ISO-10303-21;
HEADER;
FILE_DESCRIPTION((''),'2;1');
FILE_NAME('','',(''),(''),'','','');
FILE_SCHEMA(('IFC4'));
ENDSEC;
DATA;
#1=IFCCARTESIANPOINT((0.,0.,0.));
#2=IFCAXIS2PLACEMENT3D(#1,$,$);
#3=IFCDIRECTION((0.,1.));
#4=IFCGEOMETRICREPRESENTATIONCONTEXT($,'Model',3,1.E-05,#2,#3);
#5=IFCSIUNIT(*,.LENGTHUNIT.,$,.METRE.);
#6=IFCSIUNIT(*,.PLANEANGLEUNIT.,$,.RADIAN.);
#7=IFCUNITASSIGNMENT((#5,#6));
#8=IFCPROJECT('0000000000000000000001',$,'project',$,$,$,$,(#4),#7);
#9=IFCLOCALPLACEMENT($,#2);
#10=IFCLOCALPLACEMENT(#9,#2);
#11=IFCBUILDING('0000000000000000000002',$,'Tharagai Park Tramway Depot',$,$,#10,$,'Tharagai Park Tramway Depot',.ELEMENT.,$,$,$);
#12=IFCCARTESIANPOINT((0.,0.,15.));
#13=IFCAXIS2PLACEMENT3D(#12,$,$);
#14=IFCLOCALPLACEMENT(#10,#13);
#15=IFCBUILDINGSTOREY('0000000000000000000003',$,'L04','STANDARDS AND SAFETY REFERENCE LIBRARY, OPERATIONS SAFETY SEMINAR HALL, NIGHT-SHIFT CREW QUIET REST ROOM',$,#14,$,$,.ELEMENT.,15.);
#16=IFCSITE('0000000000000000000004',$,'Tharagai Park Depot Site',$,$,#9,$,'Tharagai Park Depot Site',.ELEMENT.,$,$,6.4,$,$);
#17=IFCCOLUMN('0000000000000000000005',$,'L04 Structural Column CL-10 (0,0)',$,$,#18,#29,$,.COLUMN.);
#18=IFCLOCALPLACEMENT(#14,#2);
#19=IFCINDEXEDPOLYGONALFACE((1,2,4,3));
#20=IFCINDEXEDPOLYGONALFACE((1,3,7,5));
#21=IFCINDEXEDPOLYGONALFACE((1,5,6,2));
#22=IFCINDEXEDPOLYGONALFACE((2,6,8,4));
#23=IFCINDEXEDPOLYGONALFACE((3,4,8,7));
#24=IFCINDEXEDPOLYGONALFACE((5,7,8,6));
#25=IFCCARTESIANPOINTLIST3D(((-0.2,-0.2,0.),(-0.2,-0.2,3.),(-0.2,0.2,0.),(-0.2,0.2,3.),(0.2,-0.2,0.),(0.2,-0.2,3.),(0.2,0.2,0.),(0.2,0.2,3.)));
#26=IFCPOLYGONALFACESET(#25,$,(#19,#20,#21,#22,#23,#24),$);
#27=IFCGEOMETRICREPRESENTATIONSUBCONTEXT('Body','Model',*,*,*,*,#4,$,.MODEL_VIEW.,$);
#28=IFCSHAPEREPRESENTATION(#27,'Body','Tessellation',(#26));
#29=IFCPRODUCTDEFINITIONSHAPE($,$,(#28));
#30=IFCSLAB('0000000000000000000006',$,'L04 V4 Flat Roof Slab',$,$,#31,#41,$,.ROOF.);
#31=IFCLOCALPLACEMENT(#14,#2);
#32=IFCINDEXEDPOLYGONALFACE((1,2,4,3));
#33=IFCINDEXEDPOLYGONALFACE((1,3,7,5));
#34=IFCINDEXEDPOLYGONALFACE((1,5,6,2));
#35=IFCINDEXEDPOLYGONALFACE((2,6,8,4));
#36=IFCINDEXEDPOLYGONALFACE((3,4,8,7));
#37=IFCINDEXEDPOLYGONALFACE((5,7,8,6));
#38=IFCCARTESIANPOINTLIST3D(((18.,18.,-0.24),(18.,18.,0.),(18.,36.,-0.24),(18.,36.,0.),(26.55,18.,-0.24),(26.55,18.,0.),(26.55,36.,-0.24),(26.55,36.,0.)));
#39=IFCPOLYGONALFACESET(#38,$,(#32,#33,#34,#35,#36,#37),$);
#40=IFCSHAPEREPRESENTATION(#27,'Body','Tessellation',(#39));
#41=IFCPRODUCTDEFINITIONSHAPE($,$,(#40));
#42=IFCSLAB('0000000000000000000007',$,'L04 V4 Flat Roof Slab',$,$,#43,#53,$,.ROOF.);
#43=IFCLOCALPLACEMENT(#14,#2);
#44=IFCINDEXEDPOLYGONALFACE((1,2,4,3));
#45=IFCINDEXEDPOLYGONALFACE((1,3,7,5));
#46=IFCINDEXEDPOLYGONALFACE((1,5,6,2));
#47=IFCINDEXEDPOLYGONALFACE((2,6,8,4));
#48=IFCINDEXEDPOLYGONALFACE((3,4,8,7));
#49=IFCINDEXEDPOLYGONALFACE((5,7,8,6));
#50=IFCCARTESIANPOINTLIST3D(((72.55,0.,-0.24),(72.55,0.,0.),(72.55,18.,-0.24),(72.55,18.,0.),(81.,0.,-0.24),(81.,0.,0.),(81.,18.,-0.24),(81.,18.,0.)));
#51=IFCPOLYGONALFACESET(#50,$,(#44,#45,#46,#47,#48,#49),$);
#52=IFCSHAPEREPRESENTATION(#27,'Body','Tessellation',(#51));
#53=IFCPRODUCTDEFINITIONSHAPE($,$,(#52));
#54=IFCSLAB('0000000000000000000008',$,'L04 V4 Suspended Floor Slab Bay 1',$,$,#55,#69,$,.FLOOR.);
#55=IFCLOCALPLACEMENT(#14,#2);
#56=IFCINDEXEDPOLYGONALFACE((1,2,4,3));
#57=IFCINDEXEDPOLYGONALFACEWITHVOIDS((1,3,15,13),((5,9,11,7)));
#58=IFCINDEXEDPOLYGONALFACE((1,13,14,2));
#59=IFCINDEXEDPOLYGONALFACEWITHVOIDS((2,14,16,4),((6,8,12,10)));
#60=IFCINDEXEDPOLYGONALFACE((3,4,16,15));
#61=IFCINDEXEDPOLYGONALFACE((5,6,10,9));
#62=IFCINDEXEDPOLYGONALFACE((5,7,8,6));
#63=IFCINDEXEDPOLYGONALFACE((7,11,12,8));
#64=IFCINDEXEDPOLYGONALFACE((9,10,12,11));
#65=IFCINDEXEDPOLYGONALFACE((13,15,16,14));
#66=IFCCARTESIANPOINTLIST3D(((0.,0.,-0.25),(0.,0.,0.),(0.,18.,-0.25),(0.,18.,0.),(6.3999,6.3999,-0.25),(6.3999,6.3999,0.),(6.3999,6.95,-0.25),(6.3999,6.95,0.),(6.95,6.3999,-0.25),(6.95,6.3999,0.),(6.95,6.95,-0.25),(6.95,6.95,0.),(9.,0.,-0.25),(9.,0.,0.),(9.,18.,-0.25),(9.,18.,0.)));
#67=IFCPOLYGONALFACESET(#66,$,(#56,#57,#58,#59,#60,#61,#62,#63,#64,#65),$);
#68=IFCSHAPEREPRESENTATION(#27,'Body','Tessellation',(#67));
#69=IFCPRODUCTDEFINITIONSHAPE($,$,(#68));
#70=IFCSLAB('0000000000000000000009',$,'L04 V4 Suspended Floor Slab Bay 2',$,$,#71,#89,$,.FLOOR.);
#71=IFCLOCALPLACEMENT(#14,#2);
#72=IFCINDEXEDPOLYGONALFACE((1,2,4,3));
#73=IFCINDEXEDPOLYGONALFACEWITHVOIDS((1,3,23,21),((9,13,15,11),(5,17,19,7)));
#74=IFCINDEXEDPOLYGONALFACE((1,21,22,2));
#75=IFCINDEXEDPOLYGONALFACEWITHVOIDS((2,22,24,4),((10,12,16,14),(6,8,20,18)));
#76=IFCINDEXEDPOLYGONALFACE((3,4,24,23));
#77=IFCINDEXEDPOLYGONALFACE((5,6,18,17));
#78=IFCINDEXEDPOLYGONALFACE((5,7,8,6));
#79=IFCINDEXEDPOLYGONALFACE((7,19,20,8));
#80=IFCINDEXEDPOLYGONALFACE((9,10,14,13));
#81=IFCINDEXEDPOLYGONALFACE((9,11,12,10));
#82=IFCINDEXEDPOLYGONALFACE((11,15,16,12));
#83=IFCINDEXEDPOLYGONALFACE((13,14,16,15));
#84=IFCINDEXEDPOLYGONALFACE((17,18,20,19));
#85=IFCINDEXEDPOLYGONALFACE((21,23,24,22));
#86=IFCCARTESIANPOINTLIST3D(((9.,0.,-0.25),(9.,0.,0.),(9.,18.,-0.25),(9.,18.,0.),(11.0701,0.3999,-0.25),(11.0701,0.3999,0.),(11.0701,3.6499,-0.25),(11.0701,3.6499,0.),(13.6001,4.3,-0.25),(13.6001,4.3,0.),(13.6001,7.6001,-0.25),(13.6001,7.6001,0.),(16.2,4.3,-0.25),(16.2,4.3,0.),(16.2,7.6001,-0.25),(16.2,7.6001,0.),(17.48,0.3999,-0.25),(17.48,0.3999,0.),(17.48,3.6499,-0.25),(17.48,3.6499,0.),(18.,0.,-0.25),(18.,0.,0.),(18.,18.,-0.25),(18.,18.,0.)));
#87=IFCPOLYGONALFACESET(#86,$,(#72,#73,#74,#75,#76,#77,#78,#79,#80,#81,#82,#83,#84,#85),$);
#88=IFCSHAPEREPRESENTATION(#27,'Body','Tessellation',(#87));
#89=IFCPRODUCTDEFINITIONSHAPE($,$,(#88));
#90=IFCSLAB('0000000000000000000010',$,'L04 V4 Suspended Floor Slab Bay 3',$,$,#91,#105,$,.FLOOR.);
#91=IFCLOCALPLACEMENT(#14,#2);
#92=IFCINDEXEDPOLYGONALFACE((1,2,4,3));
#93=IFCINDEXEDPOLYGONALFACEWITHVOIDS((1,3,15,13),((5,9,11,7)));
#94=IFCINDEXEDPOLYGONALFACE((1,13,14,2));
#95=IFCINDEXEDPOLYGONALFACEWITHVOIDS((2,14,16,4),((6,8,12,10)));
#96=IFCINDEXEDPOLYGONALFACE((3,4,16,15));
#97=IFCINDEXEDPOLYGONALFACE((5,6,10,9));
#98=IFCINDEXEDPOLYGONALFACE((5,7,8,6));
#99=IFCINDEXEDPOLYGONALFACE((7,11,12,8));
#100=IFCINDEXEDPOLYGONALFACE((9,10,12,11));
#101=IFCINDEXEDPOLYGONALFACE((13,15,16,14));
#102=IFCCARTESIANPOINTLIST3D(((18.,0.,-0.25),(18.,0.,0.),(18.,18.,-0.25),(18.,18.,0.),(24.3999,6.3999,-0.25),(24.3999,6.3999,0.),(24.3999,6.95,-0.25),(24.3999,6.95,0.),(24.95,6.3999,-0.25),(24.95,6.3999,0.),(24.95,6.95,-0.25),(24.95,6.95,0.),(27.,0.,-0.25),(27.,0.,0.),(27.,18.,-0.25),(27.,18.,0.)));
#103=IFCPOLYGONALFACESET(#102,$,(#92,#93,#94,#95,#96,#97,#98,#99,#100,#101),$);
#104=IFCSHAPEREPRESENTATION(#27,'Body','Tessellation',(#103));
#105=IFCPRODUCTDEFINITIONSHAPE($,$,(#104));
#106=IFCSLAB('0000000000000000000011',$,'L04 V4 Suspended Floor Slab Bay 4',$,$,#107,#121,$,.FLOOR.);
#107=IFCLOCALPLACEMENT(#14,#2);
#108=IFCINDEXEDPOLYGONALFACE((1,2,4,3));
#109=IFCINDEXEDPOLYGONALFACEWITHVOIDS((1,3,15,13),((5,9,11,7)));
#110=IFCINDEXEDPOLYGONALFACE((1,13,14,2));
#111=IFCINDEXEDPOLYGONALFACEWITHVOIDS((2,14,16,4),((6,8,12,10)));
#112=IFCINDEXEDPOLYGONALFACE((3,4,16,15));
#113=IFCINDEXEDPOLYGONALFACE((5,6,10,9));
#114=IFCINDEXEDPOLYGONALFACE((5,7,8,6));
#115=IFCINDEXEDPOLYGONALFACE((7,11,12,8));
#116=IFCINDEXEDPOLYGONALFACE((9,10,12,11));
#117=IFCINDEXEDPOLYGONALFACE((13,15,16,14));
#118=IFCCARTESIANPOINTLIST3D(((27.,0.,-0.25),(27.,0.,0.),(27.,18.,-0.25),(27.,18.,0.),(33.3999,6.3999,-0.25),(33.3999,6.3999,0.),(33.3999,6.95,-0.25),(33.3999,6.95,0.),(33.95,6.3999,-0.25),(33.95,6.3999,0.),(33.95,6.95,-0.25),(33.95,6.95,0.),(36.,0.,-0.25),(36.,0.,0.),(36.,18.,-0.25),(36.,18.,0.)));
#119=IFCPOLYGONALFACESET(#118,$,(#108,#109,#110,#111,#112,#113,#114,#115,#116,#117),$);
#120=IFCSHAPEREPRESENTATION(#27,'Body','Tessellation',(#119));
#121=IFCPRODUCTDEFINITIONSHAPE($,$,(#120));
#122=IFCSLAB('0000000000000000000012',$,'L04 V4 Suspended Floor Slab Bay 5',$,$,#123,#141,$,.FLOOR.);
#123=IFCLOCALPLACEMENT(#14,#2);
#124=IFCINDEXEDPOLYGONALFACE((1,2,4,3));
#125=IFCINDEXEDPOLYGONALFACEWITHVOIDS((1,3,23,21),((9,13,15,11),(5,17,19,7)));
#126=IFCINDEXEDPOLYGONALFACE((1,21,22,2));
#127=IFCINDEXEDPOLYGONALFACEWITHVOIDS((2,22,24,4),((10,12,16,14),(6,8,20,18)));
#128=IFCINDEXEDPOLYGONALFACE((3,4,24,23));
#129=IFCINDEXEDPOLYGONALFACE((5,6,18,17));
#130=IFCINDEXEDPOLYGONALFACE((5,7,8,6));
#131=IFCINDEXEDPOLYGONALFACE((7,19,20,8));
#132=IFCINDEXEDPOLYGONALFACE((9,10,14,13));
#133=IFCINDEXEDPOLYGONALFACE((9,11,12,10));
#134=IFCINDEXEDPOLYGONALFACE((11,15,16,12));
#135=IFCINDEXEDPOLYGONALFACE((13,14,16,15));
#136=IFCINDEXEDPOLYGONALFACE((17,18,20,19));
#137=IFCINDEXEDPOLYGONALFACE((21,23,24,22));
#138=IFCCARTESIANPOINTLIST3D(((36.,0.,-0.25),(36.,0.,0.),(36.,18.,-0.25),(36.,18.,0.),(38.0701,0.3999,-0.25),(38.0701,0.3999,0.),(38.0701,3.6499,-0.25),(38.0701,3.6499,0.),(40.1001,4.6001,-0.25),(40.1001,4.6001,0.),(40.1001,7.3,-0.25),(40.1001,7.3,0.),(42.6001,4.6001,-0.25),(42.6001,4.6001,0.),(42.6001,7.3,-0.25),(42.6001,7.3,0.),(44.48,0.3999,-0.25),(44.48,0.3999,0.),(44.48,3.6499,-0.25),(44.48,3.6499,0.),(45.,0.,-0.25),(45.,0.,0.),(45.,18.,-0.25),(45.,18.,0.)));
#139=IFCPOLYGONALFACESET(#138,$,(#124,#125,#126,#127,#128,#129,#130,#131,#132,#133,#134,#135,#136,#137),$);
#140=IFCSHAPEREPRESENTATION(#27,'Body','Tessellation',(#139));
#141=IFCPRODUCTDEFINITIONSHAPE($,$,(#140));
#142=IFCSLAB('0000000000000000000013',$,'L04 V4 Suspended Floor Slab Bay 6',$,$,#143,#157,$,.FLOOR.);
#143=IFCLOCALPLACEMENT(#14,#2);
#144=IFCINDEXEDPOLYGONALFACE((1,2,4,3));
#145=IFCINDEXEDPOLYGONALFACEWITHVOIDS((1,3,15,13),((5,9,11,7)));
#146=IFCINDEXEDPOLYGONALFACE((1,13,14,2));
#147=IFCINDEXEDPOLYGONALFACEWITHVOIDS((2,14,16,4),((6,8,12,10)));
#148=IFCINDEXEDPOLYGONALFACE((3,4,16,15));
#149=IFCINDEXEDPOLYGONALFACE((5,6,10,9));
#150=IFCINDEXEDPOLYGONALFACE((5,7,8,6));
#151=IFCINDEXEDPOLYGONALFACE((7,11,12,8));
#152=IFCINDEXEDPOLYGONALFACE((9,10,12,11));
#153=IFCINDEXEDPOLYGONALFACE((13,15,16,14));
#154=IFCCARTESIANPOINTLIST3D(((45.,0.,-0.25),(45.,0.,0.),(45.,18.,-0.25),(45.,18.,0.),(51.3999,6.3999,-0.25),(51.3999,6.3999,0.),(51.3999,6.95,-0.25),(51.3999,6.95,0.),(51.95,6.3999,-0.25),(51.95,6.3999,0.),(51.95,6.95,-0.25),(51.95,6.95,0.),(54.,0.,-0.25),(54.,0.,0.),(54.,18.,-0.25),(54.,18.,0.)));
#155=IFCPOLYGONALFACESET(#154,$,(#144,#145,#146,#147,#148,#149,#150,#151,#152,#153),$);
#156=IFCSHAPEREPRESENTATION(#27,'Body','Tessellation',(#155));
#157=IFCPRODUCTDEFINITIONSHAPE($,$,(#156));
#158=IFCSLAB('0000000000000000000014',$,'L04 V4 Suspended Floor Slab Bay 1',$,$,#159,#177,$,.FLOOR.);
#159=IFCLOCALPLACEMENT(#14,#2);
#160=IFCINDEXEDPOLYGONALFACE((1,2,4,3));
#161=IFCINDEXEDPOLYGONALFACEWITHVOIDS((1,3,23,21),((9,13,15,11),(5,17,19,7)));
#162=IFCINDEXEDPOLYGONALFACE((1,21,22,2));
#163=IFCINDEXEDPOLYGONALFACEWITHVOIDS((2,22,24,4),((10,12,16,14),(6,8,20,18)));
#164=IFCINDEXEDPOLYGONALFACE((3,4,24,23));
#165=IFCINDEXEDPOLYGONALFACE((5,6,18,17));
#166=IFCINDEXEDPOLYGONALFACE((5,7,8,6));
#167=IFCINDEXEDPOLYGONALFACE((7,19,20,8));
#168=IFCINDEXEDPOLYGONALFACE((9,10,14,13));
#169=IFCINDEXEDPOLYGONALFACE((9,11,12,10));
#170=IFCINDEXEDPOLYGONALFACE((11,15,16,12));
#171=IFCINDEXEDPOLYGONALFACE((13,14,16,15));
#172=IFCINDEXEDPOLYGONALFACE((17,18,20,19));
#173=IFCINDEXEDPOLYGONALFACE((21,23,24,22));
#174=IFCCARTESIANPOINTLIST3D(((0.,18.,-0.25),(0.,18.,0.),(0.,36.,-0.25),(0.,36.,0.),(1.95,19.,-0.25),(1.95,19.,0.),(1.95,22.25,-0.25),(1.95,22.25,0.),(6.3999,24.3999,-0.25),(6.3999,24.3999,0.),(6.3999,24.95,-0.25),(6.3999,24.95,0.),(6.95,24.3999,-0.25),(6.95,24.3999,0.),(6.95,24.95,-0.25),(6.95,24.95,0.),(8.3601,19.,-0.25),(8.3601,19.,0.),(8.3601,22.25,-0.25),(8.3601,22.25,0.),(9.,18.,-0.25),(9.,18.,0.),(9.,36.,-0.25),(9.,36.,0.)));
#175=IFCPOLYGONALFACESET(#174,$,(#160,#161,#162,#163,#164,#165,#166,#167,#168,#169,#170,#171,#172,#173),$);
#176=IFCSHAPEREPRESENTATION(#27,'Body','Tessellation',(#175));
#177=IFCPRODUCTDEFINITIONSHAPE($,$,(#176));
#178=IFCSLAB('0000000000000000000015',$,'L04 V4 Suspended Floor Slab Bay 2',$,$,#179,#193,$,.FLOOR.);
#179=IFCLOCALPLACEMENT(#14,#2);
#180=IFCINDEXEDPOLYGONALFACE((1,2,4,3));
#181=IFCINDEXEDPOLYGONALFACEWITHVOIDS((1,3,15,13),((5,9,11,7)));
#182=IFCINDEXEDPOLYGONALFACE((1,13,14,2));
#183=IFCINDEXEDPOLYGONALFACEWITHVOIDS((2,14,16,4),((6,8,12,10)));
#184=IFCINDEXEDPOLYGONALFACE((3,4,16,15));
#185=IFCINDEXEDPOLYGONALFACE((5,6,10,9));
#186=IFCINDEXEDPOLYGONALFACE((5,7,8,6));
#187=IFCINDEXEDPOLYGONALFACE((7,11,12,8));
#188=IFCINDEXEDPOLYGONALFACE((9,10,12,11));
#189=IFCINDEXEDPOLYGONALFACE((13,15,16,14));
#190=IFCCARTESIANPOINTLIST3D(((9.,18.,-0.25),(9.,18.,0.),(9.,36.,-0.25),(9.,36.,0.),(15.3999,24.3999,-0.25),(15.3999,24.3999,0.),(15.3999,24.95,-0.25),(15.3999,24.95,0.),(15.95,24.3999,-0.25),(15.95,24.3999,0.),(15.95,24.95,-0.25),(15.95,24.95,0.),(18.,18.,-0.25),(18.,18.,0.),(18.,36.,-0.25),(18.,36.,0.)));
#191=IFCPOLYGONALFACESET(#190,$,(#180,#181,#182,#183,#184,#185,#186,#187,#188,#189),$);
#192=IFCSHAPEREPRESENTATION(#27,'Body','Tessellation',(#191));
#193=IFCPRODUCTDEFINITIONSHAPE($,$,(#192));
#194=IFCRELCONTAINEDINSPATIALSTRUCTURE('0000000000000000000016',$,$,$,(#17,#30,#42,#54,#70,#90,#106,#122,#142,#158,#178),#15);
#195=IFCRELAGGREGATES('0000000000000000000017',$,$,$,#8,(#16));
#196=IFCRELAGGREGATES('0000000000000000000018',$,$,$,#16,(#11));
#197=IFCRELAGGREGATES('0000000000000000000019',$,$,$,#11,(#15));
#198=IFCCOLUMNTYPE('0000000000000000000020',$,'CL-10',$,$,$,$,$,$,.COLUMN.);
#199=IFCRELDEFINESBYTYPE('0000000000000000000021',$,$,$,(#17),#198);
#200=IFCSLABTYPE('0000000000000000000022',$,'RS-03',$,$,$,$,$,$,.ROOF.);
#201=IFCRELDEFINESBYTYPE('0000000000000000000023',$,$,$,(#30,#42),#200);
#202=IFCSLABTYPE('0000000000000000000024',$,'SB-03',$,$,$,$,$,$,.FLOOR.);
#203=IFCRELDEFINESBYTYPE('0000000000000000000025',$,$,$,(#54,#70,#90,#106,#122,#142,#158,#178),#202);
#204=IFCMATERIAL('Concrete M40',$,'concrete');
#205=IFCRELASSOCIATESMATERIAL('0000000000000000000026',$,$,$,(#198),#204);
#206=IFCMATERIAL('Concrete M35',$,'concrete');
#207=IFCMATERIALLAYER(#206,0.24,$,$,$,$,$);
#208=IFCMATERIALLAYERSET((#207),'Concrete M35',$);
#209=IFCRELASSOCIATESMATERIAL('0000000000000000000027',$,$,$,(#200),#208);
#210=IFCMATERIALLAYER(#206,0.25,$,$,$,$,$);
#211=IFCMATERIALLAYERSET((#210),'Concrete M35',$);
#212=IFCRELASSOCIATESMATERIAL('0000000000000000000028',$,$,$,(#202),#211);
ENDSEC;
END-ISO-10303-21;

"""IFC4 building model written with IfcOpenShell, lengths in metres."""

from ifc_helpers import new_model, si_unit, direction, frame, origin, origin_with_axes, origin_2d, place, context, subcontext, project, spatial, polyline, rectangle, outline, extrude, material, layer, layer_set, material_profile, profile_set, type_object, element, save


model = new_model("IFC4")

# Units and contexts
model_context = context("Model", 3, precision=1e-05, world=origin(), true_north=direction((0.0, 1.0)))
body_context = subcontext(model_context, "Body", "Model", "MODEL_VIEW")
ifc_project = project(units=[si_unit("LENGTHUNIT", "METRE"), si_unit("PLANEANGLEUNIT", "RADIAN")], contexts=[model_context])

# Site, building, storey
site_placement = place(None, origin())
site = spatial("IfcSite", under=ifc_project, at=site_placement, Name="Tharagai Park Depot Site", LongName="Tharagai Park Depot Site", CompositionType="ELEMENT", RefElevation=6.4)
building_placement = place(site_placement, origin())
building = spatial("IfcBuilding", under=site, at=building_placement, Name="Tharagai Park Tramway Depot", LongName="Tharagai Park Tramway Depot", CompositionType="ELEMENT")
storey_placement = place(building_placement, frame((0.0, 0.0, 15.0)))
storey = spatial("IfcBuildingStorey", under=building, at=storey_placement, Name="L04", Description="STANDARDS AND SAFETY REFERENCE LIBRARY, OPERATIONS SAFETY SEMINAR HALL, NIGHT-SHIFT CREW QUIET REST ROOM", CompositionType="ELEMENT", Elevation=15.0)

# Column
ifc_material_1 = material(Name="Concrete M40", Category="concrete")
ifc_material_profile = material_profile(ifc_material_1, rectangle(XDim=0.3999, YDim=0.3999, at=origin_2d()), Name="RC 400x400")
ifc_profile_set = profile_set([ifc_material_profile], Name="Concrete M40")
column_type = type_object("IfcColumnType", Name="CL-10", PredefinedType="COLUMN", material=ifc_profile_set)
column_placement = place(storey_placement, origin_with_axes())
element("IfcColumn", 1, at=column_placement, inside=storey, type_object=column_type, Name="L04 Structural Column CL-10 (0,0)", PredefinedType="COLUMN", context=body_context, shape_type="SweptSolid", body=[
    extrude(rectangle(XDim=0.3999, YDim=0.3999, at=origin_2d()), origin(), (0.0, 0.0, 1.0), 3.0),
])

# Slabs
ifc_material_2 = material(Name="Concrete M35", Category="concrete")
ifc_layer_1 = layer(ifc_material_2, 0.24)
ifc_layer_set_1 = layer_set([ifc_layer_1], Name="Concrete M35")
slab_type_1 = type_object("IfcSlabType", Name="RS-03", PredefinedType="ROOF", material=ifc_layer_set_1)
slab_1_placement = place(storey_placement, frame((0.0, 0.0, -0.24)))
element("IfcSlab", 2, at=slab_1_placement, inside=storey, type_object=slab_type_1, Name="L04 V4 Flat Roof Slab", PredefinedType="ROOF", context=body_context, shape_type="SweptSolid", body=[
    extrude(outline(polyline([(18.0, 18.0), (26.55, 18.0), (26.55, 36.0), (18.0, 36.0), (18.0, 18.0)])), origin(), (0.0, 0.0, 1.0), 0.24),
])
slab_2_placement = place(storey_placement, frame((0.0, 0.0, -0.24)))
element("IfcSlab", 3, at=slab_2_placement, inside=storey, type_object=slab_type_1, Name="L04 V4 Flat Roof Slab", PredefinedType="ROOF", context=body_context, shape_type="SweptSolid", body=[
    extrude(outline(polyline([(72.55, 0.0), (81.0, 0.0), (81.0, 18.0), (72.55, 18.0), (72.55, 0.0)])), origin(), (0.0, 0.0, 1.0), 0.24),
])
ifc_layer_2 = layer(ifc_material_2, 0.25)
ifc_layer_set_2 = layer_set([ifc_layer_2], Name="Concrete M35")
slab_type_2 = type_object("IfcSlabType", Name="SB-03", PredefinedType="FLOOR", material=ifc_layer_set_2)
slab_3_placement = place(storey_placement, frame((0.0, 0.0, -0.25)))
element("IfcSlab", 4, at=slab_3_placement, inside=storey, type_object=slab_type_2, Name="L04 V4 Suspended Floor Slab Bay 1", PredefinedType="FLOOR", context=body_context, shape_type="SweptSolid", body=[
    extrude(outline(polyline([(0.0, 0.0), (9.0, 0.0), (9.0, 18.0), (0.0, 18.0), (0.0, 0.0)]), holes=[polyline([(6.3999, 6.3999), (6.95, 6.3999), (6.95, 6.95), (6.3999, 6.95), (6.3999, 6.3999)])]), origin(), (0.0, 0.0, 1.0), 0.25),
])
slab_4_placement = place(storey_placement, frame((0.0, 0.0, -0.25)))
element("IfcSlab", 5, at=slab_4_placement, inside=storey, type_object=slab_type_2, Name="L04 V4 Suspended Floor Slab Bay 2", PredefinedType="FLOOR", context=body_context, shape_type="SweptSolid", body=[
    extrude(outline(polyline([(9.0, 0.0), (18.0, 0.0), (18.0, 18.0), (9.0, 18.0), (9.0, 0.0)]), holes=[polyline([(11.0701, 0.3999), (17.48, 0.3999), (17.48, 3.6499), (11.0701, 3.6499), (11.0701, 0.3999)]), polyline([(13.6001, 4.3), (16.2, 4.3), (16.2, 7.6001), (13.6001, 7.6001), (13.6001, 4.3)])]), origin(), (0.0, 0.0, 1.0), 0.25),
])
slab_5_placement = place(storey_placement, frame((0.0, 0.0, -0.25)))
element("IfcSlab", 6, at=slab_5_placement, inside=storey, type_object=slab_type_2, Name="L04 V4 Suspended Floor Slab Bay 3", PredefinedType="FLOOR", context=body_context, shape_type="SweptSolid", body=[
    extrude(outline(polyline([(18.0, 0.0), (27.0, 0.0), (27.0, 18.0), (18.0, 18.0), (18.0, 0.0)]), holes=[polyline([(24.3999, 6.3999), (24.95, 6.3999), (24.95, 6.95), (24.3999, 6.95), (24.3999, 6.3999)])]), origin(), (0.0, 0.0, 1.0), 0.25),
])
slab_6_placement = place(storey_placement, frame((0.0, 0.0, -0.25)))
element("IfcSlab", 7, at=slab_6_placement, inside=storey, type_object=slab_type_2, Name="L04 V4 Suspended Floor Slab Bay 4", PredefinedType="FLOOR", context=body_context, shape_type="SweptSolid", body=[
    extrude(outline(polyline([(27.0, 0.0), (36.0, 0.0), (36.0, 18.0), (27.0, 18.0), (27.0, 0.0)]), holes=[polyline([(33.3999, 6.3999), (33.95, 6.3999), (33.95, 6.95), (33.3999, 6.95), (33.3999, 6.3999)])]), origin(), (0.0, 0.0, 1.0), 0.25),
])
slab_7_placement = place(storey_placement, frame((0.0, 0.0, -0.25)))
element("IfcSlab", 8, at=slab_7_placement, inside=storey, type_object=slab_type_2, Name="L04 V4 Suspended Floor Slab Bay 5", PredefinedType="FLOOR", context=body_context, shape_type="SweptSolid", body=[
    extrude(outline(polyline([(36.0, 0.0), (45.0, 0.0), (45.0, 18.0), (36.0, 18.0), (36.0, 0.0)]), holes=[polyline([(38.0701, 0.3999), (44.48, 0.3999), (44.48, 3.6499), (38.0701, 3.6499), (38.0701, 0.3999)]), polyline([(40.1001, 4.6001), (42.6001, 4.6001), (42.6001, 7.3), (40.1001, 7.3), (40.1001, 4.6001)])]), origin(), (0.0, 0.0, 1.0), 0.25),
])
slab_8_placement = place(storey_placement, frame((0.0, 0.0, -0.25)))
element("IfcSlab", 9, at=slab_8_placement, inside=storey, type_object=slab_type_2, Name="L04 V4 Suspended Floor Slab Bay 6", PredefinedType="FLOOR", context=body_context, shape_type="SweptSolid", body=[
    extrude(outline(polyline([(45.0, 0.0), (54.0, 0.0), (54.0, 18.0), (45.0, 18.0), (45.0, 0.0)]), holes=[polyline([(51.3999, 6.3999), (51.95, 6.3999), (51.95, 6.95), (51.3999, 6.95), (51.3999, 6.3999)])]), origin(), (0.0, 0.0, 1.0), 0.25),
])
slab_9_placement = place(storey_placement, frame((0.0, 0.0, -0.25)))
element("IfcSlab", 10, at=slab_9_placement, inside=storey, type_object=slab_type_2, Name="L04 V4 Suspended Floor Slab Bay 1", PredefinedType="FLOOR", context=body_context, shape_type="SweptSolid", body=[
    extrude(outline(polyline([(0.0, 18.0), (9.0, 18.0), (9.0, 36.0), (0.0, 36.0), (0.0, 18.0)]), holes=[polyline([(1.95, 19.0), (8.3601, 19.0), (8.3601, 22.25), (1.95, 22.25), (1.95, 19.0)]), polyline([(6.3999, 24.3999), (6.95, 24.3999), (6.95, 24.95), (6.3999, 24.95), (6.3999, 24.3999)])]), origin(), (0.0, 0.0, 1.0), 0.25),
])
slab_10_placement = place(storey_placement, frame((0.0, 0.0, -0.25)))
element("IfcSlab", 11, at=slab_10_placement, inside=storey, type_object=slab_type_2, Name="L04 V4 Suspended Floor Slab Bay 2", PredefinedType="FLOOR", context=body_context, shape_type="SweptSolid", body=[
    extrude(outline(polyline([(9.0, 18.0), (18.0, 18.0), (18.0, 36.0), (9.0, 36.0), (9.0, 18.0)]), holes=[polyline([(15.3999, 24.3999), (15.95, 24.3999), (15.95, 24.95), (15.3999, 24.95), (15.3999, 24.3999)])]), origin(), (0.0, 0.0, 1.0), 0.25),
])

save(model, "model.ifc")
